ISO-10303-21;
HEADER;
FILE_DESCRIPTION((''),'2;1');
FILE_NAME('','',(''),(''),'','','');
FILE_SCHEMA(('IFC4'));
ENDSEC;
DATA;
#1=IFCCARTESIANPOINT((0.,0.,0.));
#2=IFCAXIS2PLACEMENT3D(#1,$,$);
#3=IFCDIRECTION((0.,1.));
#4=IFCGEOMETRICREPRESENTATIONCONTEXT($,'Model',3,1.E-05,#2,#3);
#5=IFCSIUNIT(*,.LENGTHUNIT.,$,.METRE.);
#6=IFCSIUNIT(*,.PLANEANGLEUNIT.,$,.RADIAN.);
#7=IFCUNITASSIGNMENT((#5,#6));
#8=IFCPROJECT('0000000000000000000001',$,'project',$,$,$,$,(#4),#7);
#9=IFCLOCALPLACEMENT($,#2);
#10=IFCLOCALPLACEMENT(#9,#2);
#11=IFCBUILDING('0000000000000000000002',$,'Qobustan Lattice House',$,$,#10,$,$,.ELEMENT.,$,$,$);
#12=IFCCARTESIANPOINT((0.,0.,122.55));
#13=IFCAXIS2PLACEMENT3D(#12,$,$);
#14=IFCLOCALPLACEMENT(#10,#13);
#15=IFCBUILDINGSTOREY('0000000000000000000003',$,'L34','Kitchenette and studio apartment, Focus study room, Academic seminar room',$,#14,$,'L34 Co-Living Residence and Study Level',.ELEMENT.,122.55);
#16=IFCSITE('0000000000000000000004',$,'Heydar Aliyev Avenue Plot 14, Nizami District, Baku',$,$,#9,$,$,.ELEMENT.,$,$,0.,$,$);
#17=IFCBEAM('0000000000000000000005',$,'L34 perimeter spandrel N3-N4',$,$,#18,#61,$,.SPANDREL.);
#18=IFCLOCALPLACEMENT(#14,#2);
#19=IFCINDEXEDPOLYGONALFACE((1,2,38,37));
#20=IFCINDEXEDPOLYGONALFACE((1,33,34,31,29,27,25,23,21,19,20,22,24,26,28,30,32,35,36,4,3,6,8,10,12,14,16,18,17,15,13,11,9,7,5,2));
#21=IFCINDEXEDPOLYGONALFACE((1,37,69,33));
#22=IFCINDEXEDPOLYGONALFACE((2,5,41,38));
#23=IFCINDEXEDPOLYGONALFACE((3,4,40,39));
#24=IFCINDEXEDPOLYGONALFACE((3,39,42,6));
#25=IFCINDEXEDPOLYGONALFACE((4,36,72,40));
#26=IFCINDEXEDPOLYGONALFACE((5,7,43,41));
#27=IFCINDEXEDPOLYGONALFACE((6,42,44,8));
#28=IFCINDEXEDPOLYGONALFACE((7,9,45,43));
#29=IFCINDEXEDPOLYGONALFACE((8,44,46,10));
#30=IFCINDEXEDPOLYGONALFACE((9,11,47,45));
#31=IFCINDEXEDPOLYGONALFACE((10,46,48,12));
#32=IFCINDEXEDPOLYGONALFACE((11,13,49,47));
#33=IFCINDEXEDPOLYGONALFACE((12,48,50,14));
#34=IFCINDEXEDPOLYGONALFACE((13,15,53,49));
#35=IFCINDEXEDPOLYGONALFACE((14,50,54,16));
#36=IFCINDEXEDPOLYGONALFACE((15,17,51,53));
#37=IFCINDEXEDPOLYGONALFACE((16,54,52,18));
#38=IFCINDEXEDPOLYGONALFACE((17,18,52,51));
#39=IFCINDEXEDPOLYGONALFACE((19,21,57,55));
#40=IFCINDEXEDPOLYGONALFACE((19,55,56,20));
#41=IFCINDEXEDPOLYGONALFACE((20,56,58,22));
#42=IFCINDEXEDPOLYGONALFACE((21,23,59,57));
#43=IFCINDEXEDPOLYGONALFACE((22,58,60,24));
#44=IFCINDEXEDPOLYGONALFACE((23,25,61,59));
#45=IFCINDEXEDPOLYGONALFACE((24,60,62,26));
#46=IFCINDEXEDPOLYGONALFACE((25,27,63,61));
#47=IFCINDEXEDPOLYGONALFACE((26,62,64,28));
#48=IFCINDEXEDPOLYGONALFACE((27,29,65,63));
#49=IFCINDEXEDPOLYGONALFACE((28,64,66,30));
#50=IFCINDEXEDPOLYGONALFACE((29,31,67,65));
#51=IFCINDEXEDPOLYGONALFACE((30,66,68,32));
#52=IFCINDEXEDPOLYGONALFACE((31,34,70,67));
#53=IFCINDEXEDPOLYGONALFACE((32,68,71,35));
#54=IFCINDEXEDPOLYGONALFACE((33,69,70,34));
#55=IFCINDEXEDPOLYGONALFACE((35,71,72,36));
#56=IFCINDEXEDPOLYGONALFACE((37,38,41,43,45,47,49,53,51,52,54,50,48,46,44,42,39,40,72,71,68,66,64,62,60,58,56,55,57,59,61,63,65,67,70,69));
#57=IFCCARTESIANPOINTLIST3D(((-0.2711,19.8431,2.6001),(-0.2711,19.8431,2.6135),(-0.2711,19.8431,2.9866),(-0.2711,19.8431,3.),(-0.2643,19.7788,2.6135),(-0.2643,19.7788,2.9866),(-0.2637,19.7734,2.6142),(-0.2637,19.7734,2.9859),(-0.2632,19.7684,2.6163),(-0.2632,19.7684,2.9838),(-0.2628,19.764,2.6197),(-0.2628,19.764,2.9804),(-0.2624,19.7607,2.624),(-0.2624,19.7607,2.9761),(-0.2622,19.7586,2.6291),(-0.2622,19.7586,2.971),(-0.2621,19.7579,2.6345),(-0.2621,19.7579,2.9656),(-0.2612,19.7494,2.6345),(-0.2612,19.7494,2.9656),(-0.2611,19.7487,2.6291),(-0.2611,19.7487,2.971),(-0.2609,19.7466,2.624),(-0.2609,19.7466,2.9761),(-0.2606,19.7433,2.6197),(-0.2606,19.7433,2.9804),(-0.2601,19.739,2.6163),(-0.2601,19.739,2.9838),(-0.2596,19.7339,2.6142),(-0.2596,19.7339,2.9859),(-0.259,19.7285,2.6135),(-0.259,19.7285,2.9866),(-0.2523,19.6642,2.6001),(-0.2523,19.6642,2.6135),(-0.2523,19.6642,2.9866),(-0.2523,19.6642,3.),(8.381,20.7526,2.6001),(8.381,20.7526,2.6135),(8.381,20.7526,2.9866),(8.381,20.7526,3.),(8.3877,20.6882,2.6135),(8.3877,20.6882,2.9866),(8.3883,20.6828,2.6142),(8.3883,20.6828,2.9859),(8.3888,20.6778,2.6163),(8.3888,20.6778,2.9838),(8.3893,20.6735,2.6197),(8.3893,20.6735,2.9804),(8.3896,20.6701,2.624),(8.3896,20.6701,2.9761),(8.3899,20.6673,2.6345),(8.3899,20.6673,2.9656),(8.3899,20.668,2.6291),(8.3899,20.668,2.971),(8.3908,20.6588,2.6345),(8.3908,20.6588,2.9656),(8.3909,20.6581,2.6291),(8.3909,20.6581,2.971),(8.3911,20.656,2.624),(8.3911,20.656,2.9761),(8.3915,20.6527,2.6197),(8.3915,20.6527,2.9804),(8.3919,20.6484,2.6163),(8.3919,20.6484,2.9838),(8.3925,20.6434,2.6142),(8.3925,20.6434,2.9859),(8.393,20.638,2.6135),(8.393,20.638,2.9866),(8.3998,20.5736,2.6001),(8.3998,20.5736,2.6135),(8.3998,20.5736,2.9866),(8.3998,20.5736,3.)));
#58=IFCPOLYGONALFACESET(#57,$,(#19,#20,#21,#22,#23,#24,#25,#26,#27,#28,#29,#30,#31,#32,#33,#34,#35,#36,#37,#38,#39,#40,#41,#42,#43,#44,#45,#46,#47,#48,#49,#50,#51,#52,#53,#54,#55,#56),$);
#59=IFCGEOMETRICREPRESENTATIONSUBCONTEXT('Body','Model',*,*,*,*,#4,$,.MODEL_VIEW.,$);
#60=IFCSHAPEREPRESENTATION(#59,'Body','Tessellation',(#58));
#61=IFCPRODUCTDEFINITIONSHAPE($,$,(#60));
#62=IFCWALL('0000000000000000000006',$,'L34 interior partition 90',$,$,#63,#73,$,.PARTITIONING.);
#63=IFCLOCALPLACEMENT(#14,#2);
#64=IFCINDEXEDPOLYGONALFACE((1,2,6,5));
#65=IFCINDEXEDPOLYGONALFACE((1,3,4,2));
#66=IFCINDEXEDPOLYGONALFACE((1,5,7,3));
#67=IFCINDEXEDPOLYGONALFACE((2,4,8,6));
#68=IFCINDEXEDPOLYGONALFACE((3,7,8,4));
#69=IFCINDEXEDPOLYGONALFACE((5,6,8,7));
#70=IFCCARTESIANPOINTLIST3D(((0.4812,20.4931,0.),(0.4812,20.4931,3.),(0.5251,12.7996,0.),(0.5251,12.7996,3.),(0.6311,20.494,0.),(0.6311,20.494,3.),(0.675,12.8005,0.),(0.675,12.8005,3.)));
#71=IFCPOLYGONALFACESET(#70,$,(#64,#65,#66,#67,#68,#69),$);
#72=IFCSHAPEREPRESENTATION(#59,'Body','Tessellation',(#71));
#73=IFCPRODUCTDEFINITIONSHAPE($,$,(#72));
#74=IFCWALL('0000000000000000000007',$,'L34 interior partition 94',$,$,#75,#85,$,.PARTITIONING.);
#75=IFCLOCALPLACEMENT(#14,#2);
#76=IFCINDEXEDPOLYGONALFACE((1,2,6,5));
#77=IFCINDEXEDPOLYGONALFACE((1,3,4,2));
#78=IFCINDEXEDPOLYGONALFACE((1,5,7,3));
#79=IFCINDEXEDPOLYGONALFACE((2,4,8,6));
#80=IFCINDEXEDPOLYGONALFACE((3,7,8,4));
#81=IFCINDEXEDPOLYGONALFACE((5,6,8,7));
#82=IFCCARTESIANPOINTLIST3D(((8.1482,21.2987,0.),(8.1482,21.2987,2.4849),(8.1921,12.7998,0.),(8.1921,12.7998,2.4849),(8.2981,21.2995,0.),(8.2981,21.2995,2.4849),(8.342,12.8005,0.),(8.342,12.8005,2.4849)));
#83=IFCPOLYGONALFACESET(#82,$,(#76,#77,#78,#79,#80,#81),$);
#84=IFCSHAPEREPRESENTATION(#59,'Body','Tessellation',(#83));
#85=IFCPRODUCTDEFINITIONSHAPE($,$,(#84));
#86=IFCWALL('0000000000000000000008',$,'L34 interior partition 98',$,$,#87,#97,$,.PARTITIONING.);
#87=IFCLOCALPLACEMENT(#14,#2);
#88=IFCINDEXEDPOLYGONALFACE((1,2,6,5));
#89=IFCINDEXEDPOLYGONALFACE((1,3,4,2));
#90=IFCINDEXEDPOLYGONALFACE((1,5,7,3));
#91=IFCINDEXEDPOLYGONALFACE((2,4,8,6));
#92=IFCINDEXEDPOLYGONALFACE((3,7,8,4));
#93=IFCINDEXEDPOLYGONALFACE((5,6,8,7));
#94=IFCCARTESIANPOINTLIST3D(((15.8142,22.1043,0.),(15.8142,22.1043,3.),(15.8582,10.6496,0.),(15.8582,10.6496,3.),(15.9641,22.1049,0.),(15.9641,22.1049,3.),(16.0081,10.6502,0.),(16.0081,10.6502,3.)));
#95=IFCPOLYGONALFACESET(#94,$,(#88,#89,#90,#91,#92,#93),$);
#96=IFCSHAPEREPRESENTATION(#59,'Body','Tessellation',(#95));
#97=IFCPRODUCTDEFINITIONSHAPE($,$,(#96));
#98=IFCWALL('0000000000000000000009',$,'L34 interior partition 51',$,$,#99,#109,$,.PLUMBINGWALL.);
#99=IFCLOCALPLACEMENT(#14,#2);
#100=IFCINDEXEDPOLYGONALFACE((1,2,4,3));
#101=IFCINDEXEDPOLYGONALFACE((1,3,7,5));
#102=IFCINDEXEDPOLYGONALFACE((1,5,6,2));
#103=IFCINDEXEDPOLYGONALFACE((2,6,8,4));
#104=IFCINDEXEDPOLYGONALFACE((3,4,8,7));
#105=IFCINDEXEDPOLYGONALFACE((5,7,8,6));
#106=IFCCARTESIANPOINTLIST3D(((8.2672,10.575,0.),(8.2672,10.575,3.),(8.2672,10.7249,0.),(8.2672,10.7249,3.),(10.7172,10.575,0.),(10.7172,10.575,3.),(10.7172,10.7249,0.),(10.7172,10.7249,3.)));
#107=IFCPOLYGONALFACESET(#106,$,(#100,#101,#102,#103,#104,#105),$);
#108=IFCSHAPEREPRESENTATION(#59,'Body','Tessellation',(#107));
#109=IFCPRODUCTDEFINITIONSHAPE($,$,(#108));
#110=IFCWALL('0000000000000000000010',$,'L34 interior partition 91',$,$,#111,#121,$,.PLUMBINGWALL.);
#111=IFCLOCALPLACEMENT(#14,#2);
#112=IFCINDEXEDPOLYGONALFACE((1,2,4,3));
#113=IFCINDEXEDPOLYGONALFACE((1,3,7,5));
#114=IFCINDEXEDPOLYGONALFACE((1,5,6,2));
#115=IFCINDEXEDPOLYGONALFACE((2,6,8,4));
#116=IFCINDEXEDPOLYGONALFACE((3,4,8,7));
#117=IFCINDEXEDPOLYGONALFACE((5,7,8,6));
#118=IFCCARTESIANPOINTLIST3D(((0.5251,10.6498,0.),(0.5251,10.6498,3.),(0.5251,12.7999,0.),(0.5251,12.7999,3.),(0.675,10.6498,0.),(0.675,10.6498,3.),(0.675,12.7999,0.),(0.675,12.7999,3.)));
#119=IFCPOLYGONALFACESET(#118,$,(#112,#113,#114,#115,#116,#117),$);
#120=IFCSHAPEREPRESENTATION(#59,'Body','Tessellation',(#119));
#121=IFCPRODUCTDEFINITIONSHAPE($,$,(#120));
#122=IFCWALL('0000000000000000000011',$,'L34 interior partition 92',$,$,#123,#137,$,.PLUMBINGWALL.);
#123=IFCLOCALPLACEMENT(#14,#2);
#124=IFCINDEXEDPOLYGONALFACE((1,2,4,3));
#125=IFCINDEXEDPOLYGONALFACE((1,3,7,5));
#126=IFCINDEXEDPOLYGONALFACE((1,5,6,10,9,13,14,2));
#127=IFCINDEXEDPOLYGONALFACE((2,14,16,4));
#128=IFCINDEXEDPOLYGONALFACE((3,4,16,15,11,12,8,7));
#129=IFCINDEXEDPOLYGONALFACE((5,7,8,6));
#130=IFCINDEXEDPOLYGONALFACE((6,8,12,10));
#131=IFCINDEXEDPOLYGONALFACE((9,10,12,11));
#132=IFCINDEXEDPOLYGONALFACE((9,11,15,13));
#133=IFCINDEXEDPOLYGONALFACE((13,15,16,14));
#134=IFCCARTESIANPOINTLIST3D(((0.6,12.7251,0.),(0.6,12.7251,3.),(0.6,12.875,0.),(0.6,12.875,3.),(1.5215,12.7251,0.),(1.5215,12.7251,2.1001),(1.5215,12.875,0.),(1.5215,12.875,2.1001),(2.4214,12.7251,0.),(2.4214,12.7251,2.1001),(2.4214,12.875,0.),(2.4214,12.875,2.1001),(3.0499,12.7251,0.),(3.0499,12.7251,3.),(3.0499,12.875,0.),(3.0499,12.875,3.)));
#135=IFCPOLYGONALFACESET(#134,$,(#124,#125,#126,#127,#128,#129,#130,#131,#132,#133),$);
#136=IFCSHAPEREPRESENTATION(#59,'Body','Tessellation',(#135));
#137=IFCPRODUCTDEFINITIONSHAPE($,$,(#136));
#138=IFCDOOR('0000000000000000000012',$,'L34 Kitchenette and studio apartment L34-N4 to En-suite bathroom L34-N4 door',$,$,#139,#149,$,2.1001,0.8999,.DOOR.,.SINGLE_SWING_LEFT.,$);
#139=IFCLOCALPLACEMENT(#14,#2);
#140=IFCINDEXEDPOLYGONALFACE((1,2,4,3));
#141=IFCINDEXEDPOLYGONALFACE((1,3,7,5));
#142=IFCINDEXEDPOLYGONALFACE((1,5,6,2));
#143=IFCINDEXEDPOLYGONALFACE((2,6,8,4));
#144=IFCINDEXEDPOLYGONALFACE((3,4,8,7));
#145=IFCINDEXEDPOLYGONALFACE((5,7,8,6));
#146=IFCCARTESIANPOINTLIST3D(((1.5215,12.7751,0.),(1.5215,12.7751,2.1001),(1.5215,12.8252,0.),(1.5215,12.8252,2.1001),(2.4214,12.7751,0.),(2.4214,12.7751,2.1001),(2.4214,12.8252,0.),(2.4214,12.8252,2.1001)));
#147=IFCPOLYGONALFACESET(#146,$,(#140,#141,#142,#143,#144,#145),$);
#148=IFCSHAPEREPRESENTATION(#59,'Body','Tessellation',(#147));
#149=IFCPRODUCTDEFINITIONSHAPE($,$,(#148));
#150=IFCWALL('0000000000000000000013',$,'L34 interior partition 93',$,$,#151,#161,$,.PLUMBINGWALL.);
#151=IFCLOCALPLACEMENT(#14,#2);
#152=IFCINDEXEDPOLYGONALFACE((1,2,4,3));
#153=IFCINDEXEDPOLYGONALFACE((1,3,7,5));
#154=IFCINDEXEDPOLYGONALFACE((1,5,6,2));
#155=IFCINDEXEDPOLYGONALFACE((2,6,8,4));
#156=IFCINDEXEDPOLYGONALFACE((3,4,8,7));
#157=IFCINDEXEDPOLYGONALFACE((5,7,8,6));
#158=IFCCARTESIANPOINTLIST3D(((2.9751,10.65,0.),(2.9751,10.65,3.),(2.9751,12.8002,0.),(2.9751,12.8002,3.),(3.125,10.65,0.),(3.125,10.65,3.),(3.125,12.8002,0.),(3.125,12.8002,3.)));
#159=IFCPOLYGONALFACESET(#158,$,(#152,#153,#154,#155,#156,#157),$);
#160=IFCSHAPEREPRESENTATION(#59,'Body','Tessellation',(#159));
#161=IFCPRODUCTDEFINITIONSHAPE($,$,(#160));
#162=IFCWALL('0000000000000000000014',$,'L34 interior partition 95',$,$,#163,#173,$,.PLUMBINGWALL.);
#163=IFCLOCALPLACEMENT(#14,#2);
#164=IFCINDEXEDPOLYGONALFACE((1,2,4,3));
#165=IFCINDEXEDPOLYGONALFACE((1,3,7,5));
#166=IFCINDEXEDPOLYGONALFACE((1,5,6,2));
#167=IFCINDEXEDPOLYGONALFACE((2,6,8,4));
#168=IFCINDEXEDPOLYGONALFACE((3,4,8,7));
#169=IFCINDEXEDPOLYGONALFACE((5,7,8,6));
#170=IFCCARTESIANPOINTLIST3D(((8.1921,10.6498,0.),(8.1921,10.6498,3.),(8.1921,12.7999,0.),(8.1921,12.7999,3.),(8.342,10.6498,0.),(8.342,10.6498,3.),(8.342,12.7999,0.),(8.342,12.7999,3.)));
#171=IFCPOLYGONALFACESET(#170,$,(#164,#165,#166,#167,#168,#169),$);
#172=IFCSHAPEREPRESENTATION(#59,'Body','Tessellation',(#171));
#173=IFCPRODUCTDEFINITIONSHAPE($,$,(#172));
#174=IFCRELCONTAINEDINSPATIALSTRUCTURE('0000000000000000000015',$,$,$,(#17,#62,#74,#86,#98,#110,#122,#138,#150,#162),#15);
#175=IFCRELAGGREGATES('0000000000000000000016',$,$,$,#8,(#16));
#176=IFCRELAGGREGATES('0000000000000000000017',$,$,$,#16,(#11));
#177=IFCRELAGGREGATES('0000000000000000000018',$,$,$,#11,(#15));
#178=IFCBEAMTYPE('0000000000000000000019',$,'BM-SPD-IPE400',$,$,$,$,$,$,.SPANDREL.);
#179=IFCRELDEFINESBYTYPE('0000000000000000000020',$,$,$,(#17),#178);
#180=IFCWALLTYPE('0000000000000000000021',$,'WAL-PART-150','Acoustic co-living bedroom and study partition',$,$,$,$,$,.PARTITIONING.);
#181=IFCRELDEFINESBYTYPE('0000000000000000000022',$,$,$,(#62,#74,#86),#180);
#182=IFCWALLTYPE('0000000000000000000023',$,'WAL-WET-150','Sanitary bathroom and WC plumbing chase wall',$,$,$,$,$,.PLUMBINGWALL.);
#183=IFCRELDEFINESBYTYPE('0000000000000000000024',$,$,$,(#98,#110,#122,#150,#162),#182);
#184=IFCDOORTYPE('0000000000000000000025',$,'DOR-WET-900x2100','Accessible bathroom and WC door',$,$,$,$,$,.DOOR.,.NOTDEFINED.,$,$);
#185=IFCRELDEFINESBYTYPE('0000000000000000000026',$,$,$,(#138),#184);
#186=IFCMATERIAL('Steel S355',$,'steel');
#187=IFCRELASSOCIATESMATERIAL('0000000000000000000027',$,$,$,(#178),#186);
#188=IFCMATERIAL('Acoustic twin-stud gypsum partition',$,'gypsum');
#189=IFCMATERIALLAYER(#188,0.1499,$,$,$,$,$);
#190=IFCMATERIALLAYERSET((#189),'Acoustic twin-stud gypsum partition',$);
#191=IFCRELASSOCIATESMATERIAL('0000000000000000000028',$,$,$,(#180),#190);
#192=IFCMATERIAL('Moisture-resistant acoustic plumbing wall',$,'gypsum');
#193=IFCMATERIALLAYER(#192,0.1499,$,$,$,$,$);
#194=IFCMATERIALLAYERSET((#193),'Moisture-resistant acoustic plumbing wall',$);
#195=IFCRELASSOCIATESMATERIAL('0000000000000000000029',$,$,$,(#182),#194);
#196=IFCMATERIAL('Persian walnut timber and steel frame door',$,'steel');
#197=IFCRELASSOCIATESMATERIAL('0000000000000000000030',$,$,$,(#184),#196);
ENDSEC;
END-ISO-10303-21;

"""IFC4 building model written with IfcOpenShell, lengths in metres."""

from ifc_helpers import new_model, si_unit, direction, frame, frame_2d, origin, origin_2d, place, context, subcontext, project, spatial, rectangle, i_section, extrude, material, layer, layer_set, material_profile, profile_set, type_object, element, fill, save


model = new_model("IFC4")

# Units and contexts
model_context = context("Model", 3, precision=1e-05, world=origin(), true_north=direction((0.0, 1.0)))
body_context = subcontext(model_context, "Body", "Model", "MODEL_VIEW")
ifc_project = project(units=[si_unit("LENGTHUNIT", "METRE"), si_unit("PLANEANGLEUNIT", "RADIAN")], contexts=[model_context])

# Site, building, storey
site_placement = place(None, origin())
site = spatial("IfcSite", under=ifc_project, at=site_placement, Name="Heydar Aliyev Avenue Plot 14, Nizami District, Baku", CompositionType="ELEMENT", RefElevation=0.0)
building_placement = place(site_placement, origin())
building = spatial("IfcBuilding", under=site, at=building_placement, Name="Qobustan Lattice House", CompositionType="ELEMENT")
storey_placement = place(building_placement, frame((0.0, 0.0, 122.55)))
storey = spatial("IfcBuildingStorey", under=building, at=storey_placement, Name="L34", Description="Kitchenette and studio apartment, Focus study room, Academic seminar room", LongName="L34 Co-Living Residence and Study Level", CompositionType="ELEMENT", Elevation=122.55)

# Beam
ifc_material_1 = material(Name="Steel S355", Category="steel")
ifc_material_profile_1 = material_profile(ifc_material_1, i_section(OverallWidth=0.1799, OverallDepth=0.3999, WebThickness=0.0085, FlangeThickness=0.0134, FilletRadius=0.021, at=origin_2d()), Name="IPE400")
ifc_profile_set_1 = profile_set([ifc_material_profile_1], Name="Steel S355")
beam_type_1 = type_object("IfcBeamType", Name="BM-SPD-IPE400", PredefinedType="SPANDREL", material=ifc_profile_set_1)
beam_1_placement = place(storey_placement, frame((8.3904, 20.6631, 2.8), z_axis=(-0.994521, -0.104534, 0.0), x_axis=(0.104534, -0.994521, 0.0)))
element("IfcBeam", 1, at=beam_1_placement, inside=storey, type_object=beam_type_1, Name="L34 perimeter spandrel N3-N4", PredefinedType="SPANDREL", context=body_context, shape_type="SweptSolid", body=[
    extrude(i_section(OverallWidth=0.1799, OverallDepth=0.3999, WebThickness=0.0085, FlangeThickness=0.0134, FilletRadius=0.021, at=origin_2d()), origin(), (0.0, 0.0, 1.0), 8.6997),
])

# Shared definitions
ifc_material_2 = material(Name="Acoustic twin-stud gypsum partition", Category="gypsum")
ifc_layer_1 = layer(ifc_material_2, 0.1499)
ifc_layer_set_1 = layer_set([ifc_layer_1], Name="Acoustic twin-stud gypsum partition")
wall_type_1 = type_object("IfcWallType", Name="WAL-PART-150", Description="Acoustic co-living bedroom and study partition", PredefinedType="PARTITIONING", material=ifc_layer_set_1)

# Walls
wall_1_placement = place(storey_placement, frame((0.5562, 20.4934, 0.0), z_axis=(0.0, 0.0, 1.0), x_axis=(0.005712, -0.999984, 0.0)))
element("IfcWall", 2, at=wall_1_placement, inside=storey, type_object=wall_type_1, Name="L34 interior partition 90", PredefinedType="PARTITIONING", context=body_context, shape_type="SweptSolid", body=[
    extrude(rectangle(XDim=7.6936, YDim=0.1499, at=frame_2d((3.8467, 0.0))), origin(), (0.0, 0.0, 1.0), 3.0),
])
wall_2_placement = place(storey_placement, frame((8.2231, 21.2991, 0.0), z_axis=(0.0, 0.0, 1.0), x_axis=(0.005171, -0.999987, 0.0)))
element("IfcWall", 3, at=wall_2_placement, inside=storey, type_object=wall_type_1, Name="L34 interior partition 94", PredefinedType="PARTITIONING", context=body_context, shape_type="SweptSolid", body=[
    extrude(rectangle(XDim=8.499, YDim=0.1499, at=frame_2d((4.2495, 0.0))), origin(), (0.0, 0.0, 1.0), 2.4849),
])
wall_3_placement = place(storey_placement, frame((15.8892, 22.1047, 0.0), z_axis=(0.0, 0.0, 1.0), x_axis=(0.003836, -0.999993, 0.0)))
element("IfcWall", 4, at=wall_3_placement, inside=storey, type_object=wall_type_1, Name="L34 interior partition 98", PredefinedType="PARTITIONING", context=body_context, shape_type="SweptSolid", body=[
    extrude(rectangle(XDim=11.4548, YDim=0.1499, at=frame_2d((5.7275, 0.0))), origin(), (0.0, 0.0, 1.0), 3.0),
])
ifc_material_3 = material(Name="Moisture-resistant acoustic plumbing wall", Category="gypsum")
ifc_layer_2 = layer(ifc_material_3, 0.1499)
ifc_layer_set_2 = layer_set([ifc_layer_2], Name="Moisture-resistant acoustic plumbing wall")
wall_type_2 = type_object("IfcWallType", Name="WAL-WET-150", Description="Sanitary bathroom and WC plumbing chase wall", PredefinedType="PLUMBINGWALL", material=ifc_layer_set_2)
wall_4_placement = place(storey_placement, frame((8.2671, 10.6499, 0.0), z_axis=(0.0, 0.0, 1.0), x_axis=(1.0, 0.0, 0.0)))
element("IfcWall", 5, at=wall_4_placement, inside=storey, type_object=wall_type_2, Name="L34 interior partition 51", PredefinedType="PLUMBINGWALL", context=body_context, shape_type="SweptSolid", body=[
    extrude(rectangle(XDim=2.45, YDim=0.1499, at=frame_2d((1.2251, 0.0))), origin(), (0.0, 0.0, 1.0), 3.0),
])
wall_5_placement = place(storey_placement, frame((0.6001, 12.8, 0.0), z_axis=(0.0, 0.0, 1.0), x_axis=(0.0, -1.0, 0.0)))
element("IfcWall", 6, at=wall_5_placement, inside=storey, type_object=wall_type_2, Name="L34 interior partition 91", PredefinedType="PLUMBINGWALL", context=body_context, shape_type="SweptSolid", body=[
    extrude(rectangle(XDim=2.1501, YDim=0.1499, at=frame_2d((1.0752, 0.0))), origin(), (0.0, 0.0, 1.0), 3.0),
])

# Wall, opening, door
wall_6_placement = place(storey_placement, frame((3.05, 12.8, 0.0), z_axis=(0.0, 0.0, 1.0), x_axis=(-1.0, 0.0, 0.0)))
wall_6 = element("IfcWall", 7, at=wall_6_placement, inside=storey, type_object=wall_type_2, Name="L34 interior partition 92", PredefinedType="PLUMBINGWALL", context=body_context, shape_type="SweptSolid", body=[
    extrude(rectangle(XDim=2.45, YDim=0.1499, at=frame_2d((1.2251, 0.0))), origin(), (0.0, 0.0, 1.0), 3.0),
])
opening_1_placement = place(wall_6_placement, frame((0.6287, 0.0, 0.0)))
opening_1 = element("IfcOpeningElement", 8, at=opening_1_placement, cuts=wall_6, PredefinedType="OPENING", context=body_context, shape_type="SweptSolid", body=[
    extrude(rectangle(XDim=0.8999, YDim=2.1001, at=frame_2d((0.45, 1.05))), frame((0.0, 0.085, 0.0), z_axis=(0.0, -1.0, 0.0), x_axis=(1.0, 0.0, 0.0)), (0.0, 0.0, 1.0), 0.1699),
])
ifc_material_4 = material(Name="Persian walnut timber and steel frame door", Category="steel")
door_type_1 = type_object("IfcDoorType", Name="DOR-WET-900x2100", Description="Accessible bathroom and WC door", OperationType="NOTDEFINED", PredefinedType="DOOR", material=ifc_material_4)
door_1_placement = place(opening_1_placement, origin())
door_1 = element("IfcDoor", 9, at=door_1_placement, inside=storey, type_object=door_type_1, Name="L34 Kitchenette and studio apartment L34-N4 to En-suite bathroom L34-N4 door", OperationType="SINGLE_SWING_LEFT", OverallHeight=2.1001, OverallWidth=0.8999, PredefinedType="DOOR", context=body_context, shape_type="SweptSolid", body=[
    extrude(rectangle(XDim=0.8999, YDim=2.1001, at=frame_2d((0.45, 1.05))), frame((0.0, 0.0249, 0.0), z_axis=(0.0, -1.0, 0.0), x_axis=(1.0, 0.0, 0.0)), (0.0, 0.0, 1.0), 0.05),
])
fill(opening_1, door_1)

# Walls
for number, where, z_axis, x_axis, name in (
    (10, (3.05, 10.6499, 0.0), (0.0, 0.0, 1.0), (0.0, 1.0, 0.0), "L34 interior partition 93"),
    (11, (8.2671, 12.8, 0.0), (0.0, 0.0, 1.0), (0.0, -1.0, 0.0), "L34 interior partition 95"),
):
    element("IfcWall", number, at=place(storey_placement, frame(where, z_axis=z_axis, x_axis=x_axis)), inside=storey, type_object=wall_type_2, Name=name, PredefinedType="PLUMBINGWALL", context=body_context, shape_type="SweptSolid", body=[
        extrude(rectangle(XDim=2.1501, YDim=0.1499, at=frame_2d((1.0752, 0.0))), origin(), (0.0, 0.0, 1.0), 3.0),
    ])

save(model, "model.ifc")
